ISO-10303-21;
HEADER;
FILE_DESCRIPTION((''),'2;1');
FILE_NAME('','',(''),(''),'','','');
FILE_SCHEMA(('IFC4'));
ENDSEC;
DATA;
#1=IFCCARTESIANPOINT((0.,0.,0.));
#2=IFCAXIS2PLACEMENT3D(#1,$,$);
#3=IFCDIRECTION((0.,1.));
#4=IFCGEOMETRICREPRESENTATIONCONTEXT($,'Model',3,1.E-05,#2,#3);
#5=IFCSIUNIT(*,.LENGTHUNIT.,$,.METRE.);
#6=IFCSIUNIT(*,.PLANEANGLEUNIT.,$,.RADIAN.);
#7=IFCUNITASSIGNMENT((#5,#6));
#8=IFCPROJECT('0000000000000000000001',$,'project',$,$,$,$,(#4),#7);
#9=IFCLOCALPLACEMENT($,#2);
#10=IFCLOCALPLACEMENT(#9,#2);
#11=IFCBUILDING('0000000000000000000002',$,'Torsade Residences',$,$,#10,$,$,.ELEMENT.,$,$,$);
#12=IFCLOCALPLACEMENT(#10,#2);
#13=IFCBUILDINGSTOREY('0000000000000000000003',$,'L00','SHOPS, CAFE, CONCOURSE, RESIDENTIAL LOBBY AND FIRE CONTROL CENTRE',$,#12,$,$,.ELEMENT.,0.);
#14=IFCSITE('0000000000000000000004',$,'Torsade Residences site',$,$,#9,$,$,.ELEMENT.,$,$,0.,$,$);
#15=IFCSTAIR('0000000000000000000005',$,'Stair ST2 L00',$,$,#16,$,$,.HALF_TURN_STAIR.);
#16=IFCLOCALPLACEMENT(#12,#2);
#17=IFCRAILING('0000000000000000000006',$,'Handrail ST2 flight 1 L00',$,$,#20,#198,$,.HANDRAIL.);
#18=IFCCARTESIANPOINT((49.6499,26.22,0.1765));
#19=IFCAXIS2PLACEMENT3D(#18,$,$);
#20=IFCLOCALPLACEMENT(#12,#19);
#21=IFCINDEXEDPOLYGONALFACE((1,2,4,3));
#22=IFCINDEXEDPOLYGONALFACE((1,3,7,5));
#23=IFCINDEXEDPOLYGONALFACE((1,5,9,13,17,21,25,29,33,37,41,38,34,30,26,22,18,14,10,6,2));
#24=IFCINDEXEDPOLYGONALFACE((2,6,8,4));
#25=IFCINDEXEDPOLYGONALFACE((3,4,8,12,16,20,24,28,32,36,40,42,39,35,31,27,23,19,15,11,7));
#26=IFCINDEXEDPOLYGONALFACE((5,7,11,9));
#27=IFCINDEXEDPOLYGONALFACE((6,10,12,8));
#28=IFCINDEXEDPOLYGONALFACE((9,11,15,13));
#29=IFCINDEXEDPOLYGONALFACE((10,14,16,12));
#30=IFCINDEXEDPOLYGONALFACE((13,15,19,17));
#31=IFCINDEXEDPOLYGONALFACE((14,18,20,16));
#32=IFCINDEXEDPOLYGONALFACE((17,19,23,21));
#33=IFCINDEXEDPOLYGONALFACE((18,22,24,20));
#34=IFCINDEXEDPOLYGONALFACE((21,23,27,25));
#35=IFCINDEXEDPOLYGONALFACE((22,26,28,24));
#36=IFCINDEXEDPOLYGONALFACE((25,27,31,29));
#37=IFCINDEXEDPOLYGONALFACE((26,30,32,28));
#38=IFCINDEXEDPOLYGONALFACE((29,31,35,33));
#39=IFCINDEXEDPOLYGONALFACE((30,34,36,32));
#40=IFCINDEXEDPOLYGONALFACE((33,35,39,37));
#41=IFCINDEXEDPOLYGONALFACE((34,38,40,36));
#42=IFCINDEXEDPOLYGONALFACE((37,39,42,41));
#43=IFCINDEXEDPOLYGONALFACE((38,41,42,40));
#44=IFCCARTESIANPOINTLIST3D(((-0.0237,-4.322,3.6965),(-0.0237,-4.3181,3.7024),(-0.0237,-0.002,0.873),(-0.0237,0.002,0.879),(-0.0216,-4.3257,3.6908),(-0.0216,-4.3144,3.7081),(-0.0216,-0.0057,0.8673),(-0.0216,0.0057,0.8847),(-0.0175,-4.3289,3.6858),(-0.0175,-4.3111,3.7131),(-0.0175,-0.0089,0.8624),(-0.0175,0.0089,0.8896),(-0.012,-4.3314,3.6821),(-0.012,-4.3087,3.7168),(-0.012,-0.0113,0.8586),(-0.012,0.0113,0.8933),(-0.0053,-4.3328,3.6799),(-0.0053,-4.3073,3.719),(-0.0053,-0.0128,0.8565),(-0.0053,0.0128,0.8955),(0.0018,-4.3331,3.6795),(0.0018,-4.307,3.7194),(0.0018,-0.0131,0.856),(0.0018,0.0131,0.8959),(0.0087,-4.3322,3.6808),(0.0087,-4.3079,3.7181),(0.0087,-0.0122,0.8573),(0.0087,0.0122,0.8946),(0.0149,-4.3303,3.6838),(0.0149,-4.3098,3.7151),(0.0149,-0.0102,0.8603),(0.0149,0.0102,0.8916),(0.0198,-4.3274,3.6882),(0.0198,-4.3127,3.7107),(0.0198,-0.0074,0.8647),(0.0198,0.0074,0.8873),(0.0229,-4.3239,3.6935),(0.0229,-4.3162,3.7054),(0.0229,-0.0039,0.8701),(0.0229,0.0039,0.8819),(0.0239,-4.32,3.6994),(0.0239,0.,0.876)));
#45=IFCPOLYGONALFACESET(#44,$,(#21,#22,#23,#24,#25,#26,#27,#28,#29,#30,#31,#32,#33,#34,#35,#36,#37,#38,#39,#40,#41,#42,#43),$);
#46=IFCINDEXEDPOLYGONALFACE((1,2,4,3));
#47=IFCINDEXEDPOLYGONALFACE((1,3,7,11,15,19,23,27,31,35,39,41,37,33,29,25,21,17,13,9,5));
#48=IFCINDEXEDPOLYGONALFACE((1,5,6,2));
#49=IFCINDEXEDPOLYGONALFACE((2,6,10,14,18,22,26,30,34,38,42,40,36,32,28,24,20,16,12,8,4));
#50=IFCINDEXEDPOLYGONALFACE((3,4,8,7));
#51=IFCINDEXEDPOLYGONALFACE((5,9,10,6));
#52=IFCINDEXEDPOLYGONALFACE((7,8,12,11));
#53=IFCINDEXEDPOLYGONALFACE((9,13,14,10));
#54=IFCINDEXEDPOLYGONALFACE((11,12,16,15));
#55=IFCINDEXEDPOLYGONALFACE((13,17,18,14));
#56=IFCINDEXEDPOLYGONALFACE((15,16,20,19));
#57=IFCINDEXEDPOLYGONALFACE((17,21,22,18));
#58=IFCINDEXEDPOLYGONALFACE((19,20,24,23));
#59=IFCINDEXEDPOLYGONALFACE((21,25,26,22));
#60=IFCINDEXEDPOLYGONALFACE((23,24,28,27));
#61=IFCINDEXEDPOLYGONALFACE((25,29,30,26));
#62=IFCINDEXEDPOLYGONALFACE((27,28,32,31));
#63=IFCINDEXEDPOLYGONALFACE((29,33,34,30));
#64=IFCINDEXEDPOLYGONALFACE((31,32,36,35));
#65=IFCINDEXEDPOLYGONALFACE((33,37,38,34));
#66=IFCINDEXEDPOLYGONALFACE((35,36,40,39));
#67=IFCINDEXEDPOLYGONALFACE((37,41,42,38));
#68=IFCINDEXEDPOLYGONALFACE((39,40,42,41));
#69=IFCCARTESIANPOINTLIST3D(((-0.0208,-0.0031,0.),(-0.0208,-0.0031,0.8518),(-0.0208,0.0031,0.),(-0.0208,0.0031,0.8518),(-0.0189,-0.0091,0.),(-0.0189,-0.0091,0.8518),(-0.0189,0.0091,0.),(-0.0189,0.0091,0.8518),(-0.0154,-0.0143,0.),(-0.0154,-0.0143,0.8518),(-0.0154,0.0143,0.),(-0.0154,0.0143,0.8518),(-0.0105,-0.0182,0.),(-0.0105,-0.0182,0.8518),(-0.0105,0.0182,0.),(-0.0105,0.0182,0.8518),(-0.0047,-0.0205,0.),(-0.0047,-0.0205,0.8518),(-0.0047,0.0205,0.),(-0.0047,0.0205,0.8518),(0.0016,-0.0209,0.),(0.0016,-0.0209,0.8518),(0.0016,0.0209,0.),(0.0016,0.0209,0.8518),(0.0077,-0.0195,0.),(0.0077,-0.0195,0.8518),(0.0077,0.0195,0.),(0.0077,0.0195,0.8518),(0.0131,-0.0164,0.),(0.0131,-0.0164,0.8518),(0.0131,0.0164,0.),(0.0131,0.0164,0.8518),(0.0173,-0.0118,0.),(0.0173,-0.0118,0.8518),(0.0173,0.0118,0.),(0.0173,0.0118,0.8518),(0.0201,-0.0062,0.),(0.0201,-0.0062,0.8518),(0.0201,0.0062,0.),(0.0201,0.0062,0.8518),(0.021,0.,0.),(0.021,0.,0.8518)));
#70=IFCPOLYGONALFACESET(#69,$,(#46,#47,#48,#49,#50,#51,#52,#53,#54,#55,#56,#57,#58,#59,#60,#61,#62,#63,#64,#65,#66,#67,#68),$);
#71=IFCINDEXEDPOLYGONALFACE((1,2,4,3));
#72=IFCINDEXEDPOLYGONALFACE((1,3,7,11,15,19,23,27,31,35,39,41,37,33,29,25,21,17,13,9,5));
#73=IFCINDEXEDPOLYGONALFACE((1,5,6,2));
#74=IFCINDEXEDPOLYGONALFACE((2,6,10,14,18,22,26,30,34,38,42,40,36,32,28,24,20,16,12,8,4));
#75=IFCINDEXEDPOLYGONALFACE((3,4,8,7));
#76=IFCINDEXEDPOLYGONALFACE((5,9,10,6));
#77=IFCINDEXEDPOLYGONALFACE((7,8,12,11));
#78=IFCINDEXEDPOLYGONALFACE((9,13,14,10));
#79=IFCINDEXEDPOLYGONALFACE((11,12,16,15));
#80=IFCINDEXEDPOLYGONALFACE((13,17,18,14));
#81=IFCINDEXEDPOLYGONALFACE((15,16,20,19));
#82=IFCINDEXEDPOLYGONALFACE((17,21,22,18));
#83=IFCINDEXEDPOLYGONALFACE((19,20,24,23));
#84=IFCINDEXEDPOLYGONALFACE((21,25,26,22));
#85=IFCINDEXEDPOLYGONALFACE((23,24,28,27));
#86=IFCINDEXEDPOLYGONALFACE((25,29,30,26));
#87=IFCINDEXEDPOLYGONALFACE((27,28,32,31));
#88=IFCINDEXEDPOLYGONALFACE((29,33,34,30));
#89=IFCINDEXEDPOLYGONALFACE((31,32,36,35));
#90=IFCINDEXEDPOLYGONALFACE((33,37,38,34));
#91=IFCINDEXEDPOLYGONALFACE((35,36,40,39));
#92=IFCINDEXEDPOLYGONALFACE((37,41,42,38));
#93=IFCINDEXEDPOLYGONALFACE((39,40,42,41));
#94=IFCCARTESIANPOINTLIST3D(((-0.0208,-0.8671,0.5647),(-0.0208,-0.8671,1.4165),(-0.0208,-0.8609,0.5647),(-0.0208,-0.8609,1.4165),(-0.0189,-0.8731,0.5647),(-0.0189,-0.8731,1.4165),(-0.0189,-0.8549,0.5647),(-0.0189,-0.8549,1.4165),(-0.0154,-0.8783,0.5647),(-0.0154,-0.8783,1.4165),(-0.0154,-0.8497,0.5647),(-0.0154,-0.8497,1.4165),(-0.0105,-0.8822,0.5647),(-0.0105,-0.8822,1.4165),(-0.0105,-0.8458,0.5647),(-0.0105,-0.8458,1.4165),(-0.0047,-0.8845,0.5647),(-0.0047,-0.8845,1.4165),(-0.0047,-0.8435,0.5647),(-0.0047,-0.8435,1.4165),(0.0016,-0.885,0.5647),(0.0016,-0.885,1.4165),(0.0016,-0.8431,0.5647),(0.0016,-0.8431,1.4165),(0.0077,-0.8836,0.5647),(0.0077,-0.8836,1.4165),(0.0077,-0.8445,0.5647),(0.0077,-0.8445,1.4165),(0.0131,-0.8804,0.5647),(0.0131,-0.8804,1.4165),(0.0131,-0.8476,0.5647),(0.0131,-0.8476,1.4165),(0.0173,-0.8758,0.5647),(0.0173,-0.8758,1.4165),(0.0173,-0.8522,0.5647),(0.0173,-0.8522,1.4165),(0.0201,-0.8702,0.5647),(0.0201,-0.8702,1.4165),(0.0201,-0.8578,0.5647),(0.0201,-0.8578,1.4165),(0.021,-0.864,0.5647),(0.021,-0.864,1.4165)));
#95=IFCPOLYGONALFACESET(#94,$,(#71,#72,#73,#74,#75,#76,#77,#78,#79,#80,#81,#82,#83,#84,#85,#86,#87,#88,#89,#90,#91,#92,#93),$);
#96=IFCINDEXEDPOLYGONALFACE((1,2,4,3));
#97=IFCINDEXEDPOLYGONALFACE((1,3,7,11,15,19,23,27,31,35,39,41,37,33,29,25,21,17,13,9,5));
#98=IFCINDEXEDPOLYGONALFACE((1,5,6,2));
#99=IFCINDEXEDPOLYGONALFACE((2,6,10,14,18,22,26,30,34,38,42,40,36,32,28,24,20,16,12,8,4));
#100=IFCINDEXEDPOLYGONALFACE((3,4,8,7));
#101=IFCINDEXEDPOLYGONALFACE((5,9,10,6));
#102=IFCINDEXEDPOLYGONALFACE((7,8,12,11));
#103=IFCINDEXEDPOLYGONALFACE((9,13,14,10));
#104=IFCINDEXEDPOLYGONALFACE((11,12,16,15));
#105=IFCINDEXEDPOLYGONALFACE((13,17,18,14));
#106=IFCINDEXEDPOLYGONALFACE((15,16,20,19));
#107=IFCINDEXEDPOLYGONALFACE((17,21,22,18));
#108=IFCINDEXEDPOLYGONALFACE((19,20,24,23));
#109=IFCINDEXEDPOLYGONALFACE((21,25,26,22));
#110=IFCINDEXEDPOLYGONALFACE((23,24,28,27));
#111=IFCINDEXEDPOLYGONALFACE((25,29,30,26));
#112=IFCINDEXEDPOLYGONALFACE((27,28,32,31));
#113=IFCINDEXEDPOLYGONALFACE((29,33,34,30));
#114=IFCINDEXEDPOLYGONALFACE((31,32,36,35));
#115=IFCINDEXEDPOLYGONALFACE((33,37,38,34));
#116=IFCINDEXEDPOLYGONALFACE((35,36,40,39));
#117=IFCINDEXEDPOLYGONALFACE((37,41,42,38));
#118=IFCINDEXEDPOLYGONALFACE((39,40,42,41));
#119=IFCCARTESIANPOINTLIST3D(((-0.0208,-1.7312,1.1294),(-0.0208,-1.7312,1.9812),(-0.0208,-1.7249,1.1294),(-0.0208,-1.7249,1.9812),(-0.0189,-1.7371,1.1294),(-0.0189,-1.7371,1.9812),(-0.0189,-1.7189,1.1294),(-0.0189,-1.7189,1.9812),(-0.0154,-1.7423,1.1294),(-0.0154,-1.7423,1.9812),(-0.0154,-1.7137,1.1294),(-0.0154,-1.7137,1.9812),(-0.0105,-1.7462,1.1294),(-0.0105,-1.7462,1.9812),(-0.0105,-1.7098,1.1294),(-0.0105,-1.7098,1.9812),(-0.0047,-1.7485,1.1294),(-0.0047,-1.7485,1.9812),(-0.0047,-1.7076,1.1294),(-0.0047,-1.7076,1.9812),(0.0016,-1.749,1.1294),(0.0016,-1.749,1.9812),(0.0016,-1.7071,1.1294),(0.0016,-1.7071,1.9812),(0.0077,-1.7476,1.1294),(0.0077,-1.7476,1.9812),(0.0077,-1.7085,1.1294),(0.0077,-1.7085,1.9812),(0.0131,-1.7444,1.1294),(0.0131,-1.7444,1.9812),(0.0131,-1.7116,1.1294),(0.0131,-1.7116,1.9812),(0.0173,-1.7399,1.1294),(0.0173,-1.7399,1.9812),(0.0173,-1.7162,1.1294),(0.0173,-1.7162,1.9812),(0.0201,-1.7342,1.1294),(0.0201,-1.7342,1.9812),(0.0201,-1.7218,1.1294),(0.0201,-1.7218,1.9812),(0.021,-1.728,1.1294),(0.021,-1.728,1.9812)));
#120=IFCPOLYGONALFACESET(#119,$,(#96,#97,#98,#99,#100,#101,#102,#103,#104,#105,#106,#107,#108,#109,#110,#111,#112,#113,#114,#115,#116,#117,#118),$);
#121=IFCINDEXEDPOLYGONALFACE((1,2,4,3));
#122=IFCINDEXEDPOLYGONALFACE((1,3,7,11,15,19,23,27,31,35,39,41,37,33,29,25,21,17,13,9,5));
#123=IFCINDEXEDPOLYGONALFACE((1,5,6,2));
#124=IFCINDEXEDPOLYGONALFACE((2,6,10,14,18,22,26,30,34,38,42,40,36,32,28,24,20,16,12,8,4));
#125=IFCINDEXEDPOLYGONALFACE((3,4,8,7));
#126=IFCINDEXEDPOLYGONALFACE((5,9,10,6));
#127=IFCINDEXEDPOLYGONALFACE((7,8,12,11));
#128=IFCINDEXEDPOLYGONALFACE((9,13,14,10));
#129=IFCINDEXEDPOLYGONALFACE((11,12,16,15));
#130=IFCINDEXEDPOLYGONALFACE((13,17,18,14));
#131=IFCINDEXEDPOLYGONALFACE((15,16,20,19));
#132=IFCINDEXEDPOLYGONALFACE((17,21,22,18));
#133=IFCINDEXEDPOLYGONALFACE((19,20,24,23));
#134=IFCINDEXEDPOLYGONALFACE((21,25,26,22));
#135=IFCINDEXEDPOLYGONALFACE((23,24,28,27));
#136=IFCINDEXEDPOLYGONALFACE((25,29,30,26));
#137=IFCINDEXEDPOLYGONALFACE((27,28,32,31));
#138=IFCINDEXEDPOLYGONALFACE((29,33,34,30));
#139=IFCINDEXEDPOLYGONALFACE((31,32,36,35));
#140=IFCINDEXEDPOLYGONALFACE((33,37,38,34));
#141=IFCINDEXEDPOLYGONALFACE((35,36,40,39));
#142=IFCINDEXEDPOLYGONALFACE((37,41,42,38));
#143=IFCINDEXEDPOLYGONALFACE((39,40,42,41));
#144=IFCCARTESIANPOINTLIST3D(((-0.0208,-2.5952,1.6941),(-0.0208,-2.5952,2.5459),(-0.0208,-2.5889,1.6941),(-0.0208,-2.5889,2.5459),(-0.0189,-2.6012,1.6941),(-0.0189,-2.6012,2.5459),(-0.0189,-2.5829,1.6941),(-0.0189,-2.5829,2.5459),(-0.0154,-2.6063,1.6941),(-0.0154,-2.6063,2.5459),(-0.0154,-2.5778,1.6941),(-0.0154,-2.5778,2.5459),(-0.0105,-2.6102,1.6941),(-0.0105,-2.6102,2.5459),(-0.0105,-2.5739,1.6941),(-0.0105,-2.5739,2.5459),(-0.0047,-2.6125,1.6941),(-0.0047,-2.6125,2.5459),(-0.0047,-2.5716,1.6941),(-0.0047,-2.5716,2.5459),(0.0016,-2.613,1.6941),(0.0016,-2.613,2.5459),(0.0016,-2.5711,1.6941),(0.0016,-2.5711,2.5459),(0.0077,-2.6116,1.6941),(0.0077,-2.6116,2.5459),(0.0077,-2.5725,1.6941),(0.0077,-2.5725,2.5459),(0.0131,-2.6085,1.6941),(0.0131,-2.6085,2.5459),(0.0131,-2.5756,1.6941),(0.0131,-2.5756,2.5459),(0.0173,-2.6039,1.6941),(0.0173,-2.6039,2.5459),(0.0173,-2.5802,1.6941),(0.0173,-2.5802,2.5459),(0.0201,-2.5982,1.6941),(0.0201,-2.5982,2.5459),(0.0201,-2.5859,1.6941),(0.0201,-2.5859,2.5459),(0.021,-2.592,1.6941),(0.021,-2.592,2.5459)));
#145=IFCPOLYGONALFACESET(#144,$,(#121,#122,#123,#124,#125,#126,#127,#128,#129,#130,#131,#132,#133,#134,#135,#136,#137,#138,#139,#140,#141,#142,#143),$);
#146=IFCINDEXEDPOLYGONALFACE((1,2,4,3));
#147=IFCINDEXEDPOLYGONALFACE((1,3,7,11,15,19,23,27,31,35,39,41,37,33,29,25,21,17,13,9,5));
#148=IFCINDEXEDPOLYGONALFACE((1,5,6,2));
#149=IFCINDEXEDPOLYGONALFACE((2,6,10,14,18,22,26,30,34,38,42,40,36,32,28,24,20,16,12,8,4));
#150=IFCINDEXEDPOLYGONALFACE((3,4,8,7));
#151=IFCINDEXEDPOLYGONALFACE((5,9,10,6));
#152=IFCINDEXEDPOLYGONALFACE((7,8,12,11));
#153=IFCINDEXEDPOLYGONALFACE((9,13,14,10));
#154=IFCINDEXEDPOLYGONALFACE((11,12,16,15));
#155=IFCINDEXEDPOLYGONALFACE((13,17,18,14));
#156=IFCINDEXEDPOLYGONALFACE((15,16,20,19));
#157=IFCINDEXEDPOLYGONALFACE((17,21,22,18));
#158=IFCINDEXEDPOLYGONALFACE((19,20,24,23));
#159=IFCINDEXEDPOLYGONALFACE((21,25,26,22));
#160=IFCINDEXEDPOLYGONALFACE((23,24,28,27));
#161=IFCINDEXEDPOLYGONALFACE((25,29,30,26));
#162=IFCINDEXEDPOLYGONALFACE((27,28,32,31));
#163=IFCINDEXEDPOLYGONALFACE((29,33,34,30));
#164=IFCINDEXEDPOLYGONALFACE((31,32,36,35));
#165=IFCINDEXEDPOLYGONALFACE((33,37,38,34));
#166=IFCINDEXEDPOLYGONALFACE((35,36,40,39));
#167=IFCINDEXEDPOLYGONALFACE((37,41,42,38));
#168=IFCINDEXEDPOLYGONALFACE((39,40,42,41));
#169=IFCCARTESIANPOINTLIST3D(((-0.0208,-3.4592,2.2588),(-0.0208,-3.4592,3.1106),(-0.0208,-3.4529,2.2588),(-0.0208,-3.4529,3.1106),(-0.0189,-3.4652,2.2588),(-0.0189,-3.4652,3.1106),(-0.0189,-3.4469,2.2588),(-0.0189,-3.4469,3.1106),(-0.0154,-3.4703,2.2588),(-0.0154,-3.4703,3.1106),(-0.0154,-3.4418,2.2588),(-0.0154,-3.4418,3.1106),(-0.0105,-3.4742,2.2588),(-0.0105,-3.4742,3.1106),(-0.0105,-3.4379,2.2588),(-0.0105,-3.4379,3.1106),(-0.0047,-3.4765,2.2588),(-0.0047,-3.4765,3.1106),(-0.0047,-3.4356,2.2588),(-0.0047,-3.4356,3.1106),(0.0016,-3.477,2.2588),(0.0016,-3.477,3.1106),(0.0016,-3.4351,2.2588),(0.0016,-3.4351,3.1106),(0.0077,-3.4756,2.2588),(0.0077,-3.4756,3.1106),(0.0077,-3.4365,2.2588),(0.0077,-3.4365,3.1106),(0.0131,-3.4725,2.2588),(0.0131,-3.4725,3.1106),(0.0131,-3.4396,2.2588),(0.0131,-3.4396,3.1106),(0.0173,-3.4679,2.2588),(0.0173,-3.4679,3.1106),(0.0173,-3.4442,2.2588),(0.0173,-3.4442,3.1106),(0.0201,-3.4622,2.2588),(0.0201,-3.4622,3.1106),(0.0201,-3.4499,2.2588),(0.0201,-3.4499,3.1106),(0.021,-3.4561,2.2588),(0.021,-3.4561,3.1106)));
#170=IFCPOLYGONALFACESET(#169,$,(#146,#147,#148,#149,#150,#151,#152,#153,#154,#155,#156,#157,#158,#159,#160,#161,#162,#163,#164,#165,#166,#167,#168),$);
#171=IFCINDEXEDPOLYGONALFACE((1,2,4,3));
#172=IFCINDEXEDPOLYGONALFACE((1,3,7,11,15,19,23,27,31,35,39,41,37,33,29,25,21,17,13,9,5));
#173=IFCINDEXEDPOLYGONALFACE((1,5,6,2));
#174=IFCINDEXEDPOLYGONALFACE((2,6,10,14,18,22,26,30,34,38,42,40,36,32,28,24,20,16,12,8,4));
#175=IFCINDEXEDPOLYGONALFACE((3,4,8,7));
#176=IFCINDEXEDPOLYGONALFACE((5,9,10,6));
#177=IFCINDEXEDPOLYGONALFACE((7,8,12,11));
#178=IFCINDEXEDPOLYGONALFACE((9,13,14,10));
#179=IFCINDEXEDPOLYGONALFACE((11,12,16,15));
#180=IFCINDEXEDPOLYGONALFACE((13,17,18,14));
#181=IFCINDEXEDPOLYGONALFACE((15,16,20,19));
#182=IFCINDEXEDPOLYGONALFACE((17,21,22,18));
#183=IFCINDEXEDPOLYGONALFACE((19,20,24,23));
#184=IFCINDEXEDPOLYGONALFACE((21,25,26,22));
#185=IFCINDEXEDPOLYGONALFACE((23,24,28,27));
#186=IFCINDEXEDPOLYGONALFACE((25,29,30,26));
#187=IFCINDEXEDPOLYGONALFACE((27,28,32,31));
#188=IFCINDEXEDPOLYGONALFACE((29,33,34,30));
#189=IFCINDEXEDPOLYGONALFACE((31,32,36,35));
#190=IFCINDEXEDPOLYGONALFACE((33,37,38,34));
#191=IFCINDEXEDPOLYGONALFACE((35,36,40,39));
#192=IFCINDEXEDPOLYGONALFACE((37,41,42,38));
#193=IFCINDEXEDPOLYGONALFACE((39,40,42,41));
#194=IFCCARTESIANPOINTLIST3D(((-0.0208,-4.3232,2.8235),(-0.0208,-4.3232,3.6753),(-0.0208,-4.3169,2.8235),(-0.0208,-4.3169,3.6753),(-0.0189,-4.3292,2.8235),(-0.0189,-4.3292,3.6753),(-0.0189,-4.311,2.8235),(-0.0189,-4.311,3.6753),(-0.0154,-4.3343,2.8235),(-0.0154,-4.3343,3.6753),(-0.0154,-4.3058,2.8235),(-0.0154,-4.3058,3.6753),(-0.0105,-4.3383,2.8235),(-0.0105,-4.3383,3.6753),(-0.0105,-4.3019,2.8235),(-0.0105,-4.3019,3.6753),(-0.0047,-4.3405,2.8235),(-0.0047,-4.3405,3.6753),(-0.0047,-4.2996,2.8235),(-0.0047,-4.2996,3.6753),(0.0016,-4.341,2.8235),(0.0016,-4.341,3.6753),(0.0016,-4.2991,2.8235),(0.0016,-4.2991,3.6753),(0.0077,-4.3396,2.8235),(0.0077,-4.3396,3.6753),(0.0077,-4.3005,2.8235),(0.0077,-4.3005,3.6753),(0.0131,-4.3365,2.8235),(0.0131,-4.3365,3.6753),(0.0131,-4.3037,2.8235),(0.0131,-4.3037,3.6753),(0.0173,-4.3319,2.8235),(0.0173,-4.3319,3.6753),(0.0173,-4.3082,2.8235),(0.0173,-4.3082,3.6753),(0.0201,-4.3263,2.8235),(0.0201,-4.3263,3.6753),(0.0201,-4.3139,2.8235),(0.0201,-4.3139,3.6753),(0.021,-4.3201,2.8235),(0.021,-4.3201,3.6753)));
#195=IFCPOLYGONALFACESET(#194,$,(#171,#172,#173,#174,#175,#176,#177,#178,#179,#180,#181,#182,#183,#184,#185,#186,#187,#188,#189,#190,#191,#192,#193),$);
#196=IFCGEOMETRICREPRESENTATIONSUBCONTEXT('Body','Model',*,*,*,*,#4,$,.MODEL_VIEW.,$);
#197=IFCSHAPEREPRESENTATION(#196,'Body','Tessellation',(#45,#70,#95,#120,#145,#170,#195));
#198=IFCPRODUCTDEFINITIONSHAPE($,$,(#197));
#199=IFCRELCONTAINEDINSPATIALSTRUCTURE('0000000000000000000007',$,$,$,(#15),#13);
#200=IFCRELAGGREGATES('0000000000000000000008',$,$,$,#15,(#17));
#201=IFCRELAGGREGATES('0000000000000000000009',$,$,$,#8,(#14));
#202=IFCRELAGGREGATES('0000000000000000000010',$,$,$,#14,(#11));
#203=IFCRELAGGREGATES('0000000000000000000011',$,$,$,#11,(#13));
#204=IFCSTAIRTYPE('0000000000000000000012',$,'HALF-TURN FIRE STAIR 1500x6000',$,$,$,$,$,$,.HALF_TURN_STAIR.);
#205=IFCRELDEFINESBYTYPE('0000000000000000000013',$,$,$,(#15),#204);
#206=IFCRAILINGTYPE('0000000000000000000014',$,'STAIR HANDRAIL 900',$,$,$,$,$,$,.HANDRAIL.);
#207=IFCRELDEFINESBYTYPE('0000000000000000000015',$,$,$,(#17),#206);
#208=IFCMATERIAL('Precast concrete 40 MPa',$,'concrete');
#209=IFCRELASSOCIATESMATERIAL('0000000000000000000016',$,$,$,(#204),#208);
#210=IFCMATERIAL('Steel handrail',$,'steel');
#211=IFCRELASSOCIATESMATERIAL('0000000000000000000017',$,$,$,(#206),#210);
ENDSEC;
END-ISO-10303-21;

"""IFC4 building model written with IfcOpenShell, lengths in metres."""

from ifc_helpers import new_model, si_unit, direction, frame, origin, origin_2d, place, context, subcontext, project, spatial, circle, extrude, material, type_object, element, aggregate, save


model = new_model("IFC4")

# Units and contexts
model_context = context("Model", 3, precision=1e-05, world=origin(), true_north=direction((0.0, 1.0)))
body_context = subcontext(model_context, "Body", "Model", "MODEL_VIEW")
ifc_project = project(units=[si_unit("LENGTHUNIT", "METRE"), si_unit("PLANEANGLEUNIT", "RADIAN")], contexts=[model_context])

# Site, building, storey
site_placement = place(None, origin())
site = spatial("IfcSite", under=ifc_project, at=site_placement, Name="Torsade Residences site", CompositionType="ELEMENT", RefElevation=0.0)
building_placement = place(site_placement, origin())
building = spatial("IfcBuilding", under=site, at=building_placement, Name="Torsade Residences", CompositionType="ELEMENT")
storey_placement = place(building_placement, origin())
storey = spatial("IfcBuildingStorey", under=building, at=storey_placement, Name="L00", Description="SHOPS, CAFE, CONCOURSE, RESIDENTIAL LOBBY AND FIRE CONTROL CENTRE", CompositionType="ELEMENT", Elevation=0.0)

# Stair, railing
ifc_material_1 = material(Name="Precast concrete 40 MPa", Category="concrete")
stair_type = type_object("IfcStairType", Name="HALF-TURN FIRE STAIR 1500x6000", PredefinedType="HALF_TURN_STAIR", material=ifc_material_1)
stair_placement = place(storey_placement, origin())
stair = element("IfcStair", 1, at=stair_placement, inside=storey, type_object=stair_type, Name="Stair ST2 L00", PredefinedType="HALF_TURN_STAIR")
ifc_material_2 = material(Name="Steel handrail", Category="steel")
railing_type = type_object("IfcRailingType", Name="STAIR HANDRAIL 900", PredefinedType="HANDRAIL", material=ifc_material_2)
railing_placement = place(storey_placement, frame((49.6499, 26.22, 0.1765)))
railing = element("IfcRailing", 2, at=railing_placement, type_object=railing_type, Name="Handrail ST2 flight 1 L00", PredefinedType="HANDRAIL", context=body_context, shape_type="SweptSolid", body=[
    extrude(circle(Radius=0.0239, at=origin_2d()), frame((0.0, 0.0, 0.876), z_axis=(0.0, -0.837074, 0.54709), x_axis=(1.0, 0.0, 0.0)), (0.0, 0.0, 1.0), 5.1609),
    extrude(circle(Radius=0.021, at=origin_2d()), origin(), (0.0, 0.0, 1.0), 0.8518),
    extrude(circle(Radius=0.021, at=origin_2d()), frame((0.0, -0.864, 0.5647)), (0.0, 0.0, 1.0), 0.8518),
    extrude(circle(Radius=0.021, at=origin_2d()), frame((0.0, -1.728, 1.1294)), (0.0, 0.0, 1.0), 0.8518),
    extrude(circle(Radius=0.021, at=origin_2d()), frame((0.0, -2.592, 1.6941)), (0.0, 0.0, 1.0), 0.8518),
    extrude(circle(Radius=0.021, at=origin_2d()), frame((0.0, -3.4561, 2.2588)), (0.0, 0.0, 1.0), 0.8518),
    extrude(circle(Radius=0.021, at=origin_2d()), frame((0.0, -4.3201, 2.8235)), (0.0, 0.0, 1.0), 0.8518),
])
aggregate(stair, [railing])

save(model, "model.ifc")
